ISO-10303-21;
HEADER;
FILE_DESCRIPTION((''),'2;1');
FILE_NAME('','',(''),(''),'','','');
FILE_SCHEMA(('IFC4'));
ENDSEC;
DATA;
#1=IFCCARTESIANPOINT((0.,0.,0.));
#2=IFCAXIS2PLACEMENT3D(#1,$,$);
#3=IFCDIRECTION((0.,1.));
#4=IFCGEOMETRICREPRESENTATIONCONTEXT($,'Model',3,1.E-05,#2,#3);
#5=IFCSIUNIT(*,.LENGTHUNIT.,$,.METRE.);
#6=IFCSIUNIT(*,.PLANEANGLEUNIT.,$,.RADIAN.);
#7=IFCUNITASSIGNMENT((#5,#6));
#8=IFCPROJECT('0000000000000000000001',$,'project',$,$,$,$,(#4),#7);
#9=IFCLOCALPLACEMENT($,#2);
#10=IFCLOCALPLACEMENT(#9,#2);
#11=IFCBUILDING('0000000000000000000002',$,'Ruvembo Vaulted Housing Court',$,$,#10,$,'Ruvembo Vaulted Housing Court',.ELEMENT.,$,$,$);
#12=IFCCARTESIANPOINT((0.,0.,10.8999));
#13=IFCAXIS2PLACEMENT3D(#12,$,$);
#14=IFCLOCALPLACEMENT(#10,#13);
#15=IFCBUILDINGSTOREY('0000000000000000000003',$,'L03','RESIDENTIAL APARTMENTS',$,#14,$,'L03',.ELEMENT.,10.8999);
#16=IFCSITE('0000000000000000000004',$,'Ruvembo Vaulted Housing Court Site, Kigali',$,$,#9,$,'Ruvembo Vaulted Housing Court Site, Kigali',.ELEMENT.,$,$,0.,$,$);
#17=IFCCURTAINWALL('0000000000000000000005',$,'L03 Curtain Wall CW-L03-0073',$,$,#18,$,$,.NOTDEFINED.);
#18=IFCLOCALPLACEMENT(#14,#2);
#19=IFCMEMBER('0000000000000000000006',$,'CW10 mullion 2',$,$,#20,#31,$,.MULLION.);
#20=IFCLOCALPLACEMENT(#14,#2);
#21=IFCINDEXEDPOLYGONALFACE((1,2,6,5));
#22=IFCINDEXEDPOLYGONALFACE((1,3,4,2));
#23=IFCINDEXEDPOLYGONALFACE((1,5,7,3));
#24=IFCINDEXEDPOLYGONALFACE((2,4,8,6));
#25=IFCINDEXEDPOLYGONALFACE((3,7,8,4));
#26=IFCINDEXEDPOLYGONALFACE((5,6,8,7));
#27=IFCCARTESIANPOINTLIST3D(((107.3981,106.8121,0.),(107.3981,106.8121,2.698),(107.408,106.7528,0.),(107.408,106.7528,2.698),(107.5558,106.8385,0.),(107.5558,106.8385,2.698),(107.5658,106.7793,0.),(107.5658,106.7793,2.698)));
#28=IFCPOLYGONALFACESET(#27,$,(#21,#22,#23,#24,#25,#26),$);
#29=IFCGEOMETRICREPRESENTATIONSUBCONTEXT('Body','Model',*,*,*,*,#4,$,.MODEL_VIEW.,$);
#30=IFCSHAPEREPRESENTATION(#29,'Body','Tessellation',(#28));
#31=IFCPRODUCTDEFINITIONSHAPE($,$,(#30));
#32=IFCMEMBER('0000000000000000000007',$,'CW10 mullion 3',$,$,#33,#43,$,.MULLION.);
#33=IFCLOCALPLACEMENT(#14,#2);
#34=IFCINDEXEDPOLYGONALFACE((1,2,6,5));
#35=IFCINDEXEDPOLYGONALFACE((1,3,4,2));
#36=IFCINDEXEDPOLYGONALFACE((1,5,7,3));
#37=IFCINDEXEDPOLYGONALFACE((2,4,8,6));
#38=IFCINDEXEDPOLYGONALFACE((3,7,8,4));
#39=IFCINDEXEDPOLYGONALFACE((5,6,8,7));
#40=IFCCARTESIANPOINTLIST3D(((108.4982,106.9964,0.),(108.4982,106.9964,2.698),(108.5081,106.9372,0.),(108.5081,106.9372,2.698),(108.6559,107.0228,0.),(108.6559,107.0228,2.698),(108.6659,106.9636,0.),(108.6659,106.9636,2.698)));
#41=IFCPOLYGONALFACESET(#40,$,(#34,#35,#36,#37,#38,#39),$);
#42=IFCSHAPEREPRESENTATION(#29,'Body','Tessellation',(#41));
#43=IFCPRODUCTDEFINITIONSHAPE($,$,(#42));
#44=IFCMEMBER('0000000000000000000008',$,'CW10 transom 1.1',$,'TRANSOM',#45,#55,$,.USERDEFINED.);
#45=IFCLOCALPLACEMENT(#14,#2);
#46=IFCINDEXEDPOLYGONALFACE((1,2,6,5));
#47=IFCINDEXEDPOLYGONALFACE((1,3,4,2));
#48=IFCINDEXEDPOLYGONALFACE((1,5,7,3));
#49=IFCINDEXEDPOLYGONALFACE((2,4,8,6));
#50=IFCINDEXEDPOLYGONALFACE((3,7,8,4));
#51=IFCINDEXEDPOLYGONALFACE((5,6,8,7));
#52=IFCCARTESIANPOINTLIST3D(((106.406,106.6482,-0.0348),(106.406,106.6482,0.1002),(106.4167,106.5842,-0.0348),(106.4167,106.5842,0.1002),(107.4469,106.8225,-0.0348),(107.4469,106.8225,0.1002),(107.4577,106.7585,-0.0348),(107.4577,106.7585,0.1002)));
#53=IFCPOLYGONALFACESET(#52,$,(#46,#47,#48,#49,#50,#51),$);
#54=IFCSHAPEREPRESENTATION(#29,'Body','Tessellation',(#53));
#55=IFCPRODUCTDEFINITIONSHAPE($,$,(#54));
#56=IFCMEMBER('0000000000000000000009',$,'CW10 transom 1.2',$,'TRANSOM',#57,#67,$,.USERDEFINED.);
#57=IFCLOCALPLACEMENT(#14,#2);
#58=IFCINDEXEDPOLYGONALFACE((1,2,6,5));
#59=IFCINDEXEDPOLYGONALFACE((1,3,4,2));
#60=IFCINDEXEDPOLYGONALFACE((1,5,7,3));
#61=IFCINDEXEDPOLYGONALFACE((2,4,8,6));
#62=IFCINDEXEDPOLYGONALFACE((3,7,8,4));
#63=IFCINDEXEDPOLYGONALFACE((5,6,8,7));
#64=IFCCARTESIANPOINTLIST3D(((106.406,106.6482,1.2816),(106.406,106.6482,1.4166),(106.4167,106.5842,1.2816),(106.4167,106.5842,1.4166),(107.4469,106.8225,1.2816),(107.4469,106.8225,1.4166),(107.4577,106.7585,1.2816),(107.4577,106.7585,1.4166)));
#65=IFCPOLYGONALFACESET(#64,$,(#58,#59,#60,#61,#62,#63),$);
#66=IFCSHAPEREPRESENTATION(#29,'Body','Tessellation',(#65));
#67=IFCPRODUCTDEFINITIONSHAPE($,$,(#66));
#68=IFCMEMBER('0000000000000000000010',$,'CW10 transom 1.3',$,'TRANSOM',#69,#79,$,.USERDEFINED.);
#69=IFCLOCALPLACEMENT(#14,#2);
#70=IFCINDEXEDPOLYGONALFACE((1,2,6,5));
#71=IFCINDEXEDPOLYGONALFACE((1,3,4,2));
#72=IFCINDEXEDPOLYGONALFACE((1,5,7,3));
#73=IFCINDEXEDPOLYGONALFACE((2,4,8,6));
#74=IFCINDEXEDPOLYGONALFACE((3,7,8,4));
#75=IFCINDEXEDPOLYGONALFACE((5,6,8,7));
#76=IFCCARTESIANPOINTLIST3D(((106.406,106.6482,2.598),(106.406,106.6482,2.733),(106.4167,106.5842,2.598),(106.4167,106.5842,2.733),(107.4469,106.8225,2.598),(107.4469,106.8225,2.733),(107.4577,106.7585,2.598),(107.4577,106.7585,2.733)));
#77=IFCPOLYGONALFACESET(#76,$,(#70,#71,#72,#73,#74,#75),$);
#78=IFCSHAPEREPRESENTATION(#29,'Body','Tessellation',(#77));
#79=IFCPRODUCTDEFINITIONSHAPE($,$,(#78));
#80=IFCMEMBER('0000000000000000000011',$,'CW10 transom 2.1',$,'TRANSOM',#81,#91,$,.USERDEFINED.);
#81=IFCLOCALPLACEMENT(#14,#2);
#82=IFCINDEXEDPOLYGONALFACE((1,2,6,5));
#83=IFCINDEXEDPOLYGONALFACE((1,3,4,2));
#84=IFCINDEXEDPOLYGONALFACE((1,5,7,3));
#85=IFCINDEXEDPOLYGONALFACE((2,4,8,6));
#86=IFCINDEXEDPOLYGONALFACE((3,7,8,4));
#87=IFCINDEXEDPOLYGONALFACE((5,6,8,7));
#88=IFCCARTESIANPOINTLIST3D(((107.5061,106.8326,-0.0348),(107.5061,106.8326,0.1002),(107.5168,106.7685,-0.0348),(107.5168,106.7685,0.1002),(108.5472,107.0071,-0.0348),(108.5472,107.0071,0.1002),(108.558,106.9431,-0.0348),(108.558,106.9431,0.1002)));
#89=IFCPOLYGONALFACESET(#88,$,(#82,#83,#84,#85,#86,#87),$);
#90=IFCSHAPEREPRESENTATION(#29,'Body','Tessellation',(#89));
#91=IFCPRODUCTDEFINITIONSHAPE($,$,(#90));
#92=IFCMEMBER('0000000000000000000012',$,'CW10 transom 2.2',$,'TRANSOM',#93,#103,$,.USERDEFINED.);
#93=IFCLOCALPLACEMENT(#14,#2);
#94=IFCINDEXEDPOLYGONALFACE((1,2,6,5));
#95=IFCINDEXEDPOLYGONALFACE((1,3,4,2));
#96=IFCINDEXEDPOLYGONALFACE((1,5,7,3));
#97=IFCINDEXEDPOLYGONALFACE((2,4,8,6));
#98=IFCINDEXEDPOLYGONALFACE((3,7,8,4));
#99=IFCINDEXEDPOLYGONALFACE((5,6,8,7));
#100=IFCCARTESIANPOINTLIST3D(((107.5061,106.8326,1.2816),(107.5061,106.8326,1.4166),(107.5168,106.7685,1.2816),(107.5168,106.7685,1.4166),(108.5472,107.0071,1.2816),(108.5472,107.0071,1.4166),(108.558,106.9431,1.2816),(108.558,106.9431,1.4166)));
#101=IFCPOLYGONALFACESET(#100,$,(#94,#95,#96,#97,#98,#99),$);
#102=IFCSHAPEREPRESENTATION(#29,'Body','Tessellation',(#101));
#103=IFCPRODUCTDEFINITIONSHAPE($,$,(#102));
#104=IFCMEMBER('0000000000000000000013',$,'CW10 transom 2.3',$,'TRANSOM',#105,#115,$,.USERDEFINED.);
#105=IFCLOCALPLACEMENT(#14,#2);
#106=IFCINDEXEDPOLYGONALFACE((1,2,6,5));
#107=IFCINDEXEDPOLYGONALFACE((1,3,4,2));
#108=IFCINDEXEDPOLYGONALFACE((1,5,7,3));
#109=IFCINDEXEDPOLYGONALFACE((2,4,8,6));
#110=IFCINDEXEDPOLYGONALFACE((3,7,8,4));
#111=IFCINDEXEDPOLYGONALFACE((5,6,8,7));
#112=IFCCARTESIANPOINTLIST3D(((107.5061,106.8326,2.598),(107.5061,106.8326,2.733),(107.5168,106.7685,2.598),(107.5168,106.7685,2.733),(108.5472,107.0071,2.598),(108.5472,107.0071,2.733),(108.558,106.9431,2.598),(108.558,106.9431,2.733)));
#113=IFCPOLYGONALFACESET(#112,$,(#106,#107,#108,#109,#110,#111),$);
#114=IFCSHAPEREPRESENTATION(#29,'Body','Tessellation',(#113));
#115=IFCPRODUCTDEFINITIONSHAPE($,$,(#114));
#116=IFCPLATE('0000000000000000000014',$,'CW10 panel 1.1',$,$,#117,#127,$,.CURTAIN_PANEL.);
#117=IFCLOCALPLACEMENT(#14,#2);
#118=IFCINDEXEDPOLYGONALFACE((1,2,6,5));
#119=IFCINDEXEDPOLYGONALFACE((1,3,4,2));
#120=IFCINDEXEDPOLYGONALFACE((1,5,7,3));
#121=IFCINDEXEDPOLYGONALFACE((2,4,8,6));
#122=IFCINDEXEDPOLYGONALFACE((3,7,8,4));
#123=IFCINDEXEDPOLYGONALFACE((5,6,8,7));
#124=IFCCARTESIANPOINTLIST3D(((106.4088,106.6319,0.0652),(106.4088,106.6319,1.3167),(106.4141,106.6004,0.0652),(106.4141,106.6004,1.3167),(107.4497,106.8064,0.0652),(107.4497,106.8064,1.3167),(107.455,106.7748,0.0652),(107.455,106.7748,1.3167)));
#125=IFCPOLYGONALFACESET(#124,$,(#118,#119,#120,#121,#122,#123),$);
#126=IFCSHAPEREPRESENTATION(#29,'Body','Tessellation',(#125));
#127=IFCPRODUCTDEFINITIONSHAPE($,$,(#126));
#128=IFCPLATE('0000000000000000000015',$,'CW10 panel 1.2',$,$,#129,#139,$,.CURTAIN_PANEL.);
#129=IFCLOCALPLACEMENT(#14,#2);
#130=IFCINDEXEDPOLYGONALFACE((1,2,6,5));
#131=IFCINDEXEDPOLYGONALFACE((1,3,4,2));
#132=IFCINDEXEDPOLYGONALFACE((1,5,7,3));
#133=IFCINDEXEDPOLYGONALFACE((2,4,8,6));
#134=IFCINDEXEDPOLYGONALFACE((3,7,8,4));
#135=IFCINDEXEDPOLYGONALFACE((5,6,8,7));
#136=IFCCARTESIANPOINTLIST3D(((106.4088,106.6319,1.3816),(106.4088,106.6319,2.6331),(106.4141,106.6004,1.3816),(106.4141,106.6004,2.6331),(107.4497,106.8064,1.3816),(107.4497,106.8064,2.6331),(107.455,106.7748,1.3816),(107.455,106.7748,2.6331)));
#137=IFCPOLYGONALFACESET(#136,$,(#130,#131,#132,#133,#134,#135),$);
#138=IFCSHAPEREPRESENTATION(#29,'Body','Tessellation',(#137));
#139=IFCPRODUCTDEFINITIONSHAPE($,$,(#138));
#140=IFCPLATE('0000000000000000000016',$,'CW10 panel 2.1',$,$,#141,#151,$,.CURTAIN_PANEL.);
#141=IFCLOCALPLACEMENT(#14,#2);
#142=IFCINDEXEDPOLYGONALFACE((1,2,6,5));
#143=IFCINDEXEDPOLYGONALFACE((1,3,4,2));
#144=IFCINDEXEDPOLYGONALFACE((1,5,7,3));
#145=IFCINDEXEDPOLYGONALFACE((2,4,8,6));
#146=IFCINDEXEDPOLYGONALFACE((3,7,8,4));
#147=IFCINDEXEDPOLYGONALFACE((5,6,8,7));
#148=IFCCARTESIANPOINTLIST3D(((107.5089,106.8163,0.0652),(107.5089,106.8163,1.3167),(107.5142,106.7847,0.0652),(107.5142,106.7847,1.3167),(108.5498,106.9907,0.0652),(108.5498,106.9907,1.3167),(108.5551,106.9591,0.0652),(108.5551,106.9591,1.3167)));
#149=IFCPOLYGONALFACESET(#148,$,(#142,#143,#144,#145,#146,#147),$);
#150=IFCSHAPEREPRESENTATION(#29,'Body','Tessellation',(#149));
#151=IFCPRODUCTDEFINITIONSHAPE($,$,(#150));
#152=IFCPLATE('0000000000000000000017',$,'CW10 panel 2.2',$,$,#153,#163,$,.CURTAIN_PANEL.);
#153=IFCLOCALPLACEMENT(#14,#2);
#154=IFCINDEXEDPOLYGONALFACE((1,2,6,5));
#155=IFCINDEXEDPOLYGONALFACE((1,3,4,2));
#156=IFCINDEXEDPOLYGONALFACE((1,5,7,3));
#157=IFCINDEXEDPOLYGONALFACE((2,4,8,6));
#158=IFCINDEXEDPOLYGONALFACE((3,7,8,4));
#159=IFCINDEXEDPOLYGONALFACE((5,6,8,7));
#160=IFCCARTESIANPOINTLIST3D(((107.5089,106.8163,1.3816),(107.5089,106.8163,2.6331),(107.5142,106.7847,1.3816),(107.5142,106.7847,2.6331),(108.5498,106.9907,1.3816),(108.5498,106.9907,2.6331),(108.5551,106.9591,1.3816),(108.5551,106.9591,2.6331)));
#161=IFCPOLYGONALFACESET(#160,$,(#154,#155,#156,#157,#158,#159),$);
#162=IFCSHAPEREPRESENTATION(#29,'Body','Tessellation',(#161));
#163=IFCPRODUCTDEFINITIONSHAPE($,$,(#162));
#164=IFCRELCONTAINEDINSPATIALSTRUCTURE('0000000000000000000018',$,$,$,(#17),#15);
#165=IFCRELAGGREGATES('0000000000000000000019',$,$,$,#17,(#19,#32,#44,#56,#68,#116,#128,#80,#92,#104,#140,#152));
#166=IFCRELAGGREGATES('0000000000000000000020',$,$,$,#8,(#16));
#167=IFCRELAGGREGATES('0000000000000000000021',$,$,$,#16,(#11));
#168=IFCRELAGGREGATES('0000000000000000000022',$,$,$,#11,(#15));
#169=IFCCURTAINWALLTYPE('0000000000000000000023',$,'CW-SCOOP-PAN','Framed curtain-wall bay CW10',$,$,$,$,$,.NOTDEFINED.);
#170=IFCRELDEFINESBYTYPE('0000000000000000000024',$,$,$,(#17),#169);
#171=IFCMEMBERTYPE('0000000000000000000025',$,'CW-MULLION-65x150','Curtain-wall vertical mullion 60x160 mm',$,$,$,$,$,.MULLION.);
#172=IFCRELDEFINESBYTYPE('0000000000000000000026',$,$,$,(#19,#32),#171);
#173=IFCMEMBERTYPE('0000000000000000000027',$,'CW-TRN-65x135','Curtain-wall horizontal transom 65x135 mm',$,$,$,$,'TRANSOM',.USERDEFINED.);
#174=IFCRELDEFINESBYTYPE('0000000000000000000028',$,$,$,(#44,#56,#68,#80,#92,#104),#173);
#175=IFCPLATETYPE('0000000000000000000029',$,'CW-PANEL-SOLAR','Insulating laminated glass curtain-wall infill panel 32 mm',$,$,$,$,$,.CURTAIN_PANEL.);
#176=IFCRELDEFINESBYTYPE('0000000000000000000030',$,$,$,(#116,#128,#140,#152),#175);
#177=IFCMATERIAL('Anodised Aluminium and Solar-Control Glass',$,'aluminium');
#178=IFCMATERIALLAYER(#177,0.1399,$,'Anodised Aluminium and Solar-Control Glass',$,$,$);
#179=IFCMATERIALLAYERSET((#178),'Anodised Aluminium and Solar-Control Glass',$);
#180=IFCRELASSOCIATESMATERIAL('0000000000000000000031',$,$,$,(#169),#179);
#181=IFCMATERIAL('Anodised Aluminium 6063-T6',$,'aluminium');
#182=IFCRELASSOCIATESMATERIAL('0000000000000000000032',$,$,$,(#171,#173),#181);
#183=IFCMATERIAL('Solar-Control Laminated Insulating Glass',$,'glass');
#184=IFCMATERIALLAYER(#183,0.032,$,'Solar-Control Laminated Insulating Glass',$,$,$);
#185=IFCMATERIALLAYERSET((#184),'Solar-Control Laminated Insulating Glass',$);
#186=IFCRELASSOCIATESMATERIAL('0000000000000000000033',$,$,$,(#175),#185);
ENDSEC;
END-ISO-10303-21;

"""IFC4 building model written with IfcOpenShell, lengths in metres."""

from ifc_helpers import new_model, si_unit, direction, frame, origin, origin_2d, place, context, subcontext, project, spatial, rectangle, extrude, material, layer, layer_set, material_profile, profile_set, type_object, element, aggregate, save


model = new_model("IFC4")

# Units and contexts
model_context = context("Model", 3, precision=1e-05, world=origin(), true_north=direction((0.0, 1.0)))
body_context = subcontext(model_context, "Body", "Model", "MODEL_VIEW")
ifc_project = project(units=[si_unit("LENGTHUNIT", "METRE"), si_unit("PLANEANGLEUNIT", "RADIAN")], contexts=[model_context])

# Site, building, storey
site_placement = place(None, origin())
site = spatial("IfcSite", under=ifc_project, at=site_placement, Name="Ruvembo Vaulted Housing Court Site, Kigali", LongName="Ruvembo Vaulted Housing Court Site, Kigali", CompositionType="ELEMENT", RefElevation=0.0)
building_placement = place(site_placement, origin())
building = spatial("IfcBuilding", under=site, at=building_placement, Name="Ruvembo Vaulted Housing Court", LongName="Ruvembo Vaulted Housing Court", CompositionType="ELEMENT")
storey_placement = place(building_placement, frame((0.0, 0.0, 10.8999)))
storey = spatial("IfcBuildingStorey", under=building, at=storey_placement, Name="L03", Description="RESIDENTIAL APARTMENTS", LongName="L03", CompositionType="ELEMENT", Elevation=10.8999)

# Curtain wall, members, plates
ifc_material_1 = material(Name="Anodised Aluminium and Solar-Control Glass", Category="aluminium")
ifc_layer_1 = layer(ifc_material_1, 0.1399, Name="Anodised Aluminium and Solar-Control Glass")
ifc_layer_set_1 = layer_set([ifc_layer_1], Name="Anodised Aluminium and Solar-Control Glass")
curtain_wall_type = type_object("IfcCurtainWallType", Name="CW-SCOOP-PAN", Description="Framed curtain-wall bay CW10", PredefinedType="NOTDEFINED", material=ifc_layer_set_1)
curtain_wall_placement = place(storey_placement, origin())
curtain_wall = element("IfcCurtainWall", 1, at=curtain_wall_placement, inside=storey, type_object=curtain_wall_type, Name="L03 Curtain Wall CW-L03-0073", PredefinedType="NOTDEFINED")
ifc_material_2 = material(Name="Anodised Aluminium 6063-T6", Category="aluminium")
ifc_material_profile_1 = material_profile(ifc_material_2, rectangle(XDim=0.0601, YDim=0.1599, at=origin_2d()), Name="ALU 60x160")
ifc_profile_set_1 = profile_set([ifc_material_profile_1], Name="Anodised Aluminium 6063-T6")
member_type_1 = type_object("IfcMemberType", Name="CW-MULLION-65x150", Description="Curtain-wall vertical mullion 60x160 mm", PredefinedType="MULLION", material=ifc_profile_set_1)
member_1_placement = place(storey_placement, frame((107.4819, 106.7957, 0.0), z_axis=(0.0, 0.0, 1.0), x_axis=(-0.165263, 0.98625, 0.0)))
member_1 = element("IfcMember", 2, at=member_1_placement, type_object=member_type_1, Name="CW10 mullion 2", PredefinedType="MULLION", context=body_context, shape_type="SweptSolid", body=[
    extrude(rectangle(XDim=0.0601, YDim=0.1599, at=origin_2d()), origin(), (0.0, 0.0, 1.0), 2.698),
])
member_2_placement = place(storey_placement, frame((108.582, 106.98, 0.0), z_axis=(0.0, 0.0, 1.0), x_axis=(-0.165263, 0.98625, 0.0)))
member_2 = element("IfcMember", 3, at=member_2_placement, type_object=member_type_1, Name="CW10 mullion 3", PredefinedType="MULLION", context=body_context, shape_type="SweptSolid", body=[
    extrude(rectangle(XDim=0.0601, YDim=0.1599, at=origin_2d()), origin(), (0.0, 0.0, 1.0), 2.698),
])
ifc_material_profile_2 = material_profile(ifc_material_2, rectangle(XDim=0.0649, YDim=0.135, at=origin_2d()), Name="ALU 65x135")
ifc_profile_set_2 = profile_set([ifc_material_profile_2], Name="Anodised Aluminium 6063-T6")
member_type_2 = type_object("IfcMemberType", Name="CW-TRN-65x135", Description="Curtain-wall horizontal transom 65x135 mm", ElementType="TRANSOM", PredefinedType="USERDEFINED", material=ifc_profile_set_2)
member_3_placement = place(storey_placement, frame((106.4114, 106.6162, 0.0327), z_axis=(0.986269, 0.165149, 0.0), x_axis=(-0.165149, 0.986269, 0.0)))
member_3 = element("IfcMember", 4, at=member_3_placement, type_object=member_type_2, Name="CW10 transom 1.1", ObjectType="TRANSOM", PredefinedType="USERDEFINED", context=body_context, shape_type="SweptSolid", body=[
    extrude(rectangle(XDim=0.0649, YDim=0.135, at=origin_2d()), origin(), (0.0, 0.0, 1.0), 1.0554),
])
member_4_placement = place(storey_placement, frame((106.4114, 106.6162, 1.3491), z_axis=(0.986269, 0.165149, 0.0), x_axis=(-0.165149, 0.986269, 0.0)))
member_4 = element("IfcMember", 5, at=member_4_placement, type_object=member_type_2, Name="CW10 transom 1.2", ObjectType="TRANSOM", PredefinedType="USERDEFINED", context=body_context, shape_type="SweptSolid", body=[
    extrude(rectangle(XDim=0.0649, YDim=0.135, at=origin_2d()), origin(), (0.0, 0.0, 1.0), 1.0554),
])
member_5_placement = place(storey_placement, frame((106.4114, 106.6162, 2.6655), z_axis=(0.986269, 0.165149, 0.0), x_axis=(-0.165149, 0.986269, 0.0)))
member_5 = element("IfcMember", 6, at=member_5_placement, type_object=member_type_2, Name="CW10 transom 1.3", ObjectType="TRANSOM", PredefinedType="USERDEFINED", context=body_context, shape_type="SweptSolid", body=[
    extrude(rectangle(XDim=0.0649, YDim=0.135, at=origin_2d()), origin(), (0.0, 0.0, 1.0), 1.0554),
])
member_6_placement = place(storey_placement, frame((107.5115, 106.8005, 0.0327), z_axis=(0.986231, 0.165374, 0.0), x_axis=(-0.165374, 0.986231, 0.0)))
member_6 = element("IfcMember", 7, at=member_6_placement, type_object=member_type_2, Name="CW10 transom 2.1", ObjectType="TRANSOM", PredefinedType="USERDEFINED", context=body_context, shape_type="SweptSolid", body=[
    extrude(rectangle(XDim=0.0649, YDim=0.135, at=origin_2d()), origin(), (0.0, 0.0, 1.0), 1.0557),
])
member_7_placement = place(storey_placement, frame((107.5115, 106.8005, 1.3491), z_axis=(0.986231, 0.165374, 0.0), x_axis=(-0.165374, 0.986231, 0.0)))
member_7 = element("IfcMember", 8, at=member_7_placement, type_object=member_type_2, Name="CW10 transom 2.2", ObjectType="TRANSOM", PredefinedType="USERDEFINED", context=body_context, shape_type="SweptSolid", body=[
    extrude(rectangle(XDim=0.0649, YDim=0.135, at=origin_2d()), origin(), (0.0, 0.0, 1.0), 1.0557),
])
member_8_placement = place(storey_placement, frame((107.5115, 106.8005, 2.6655), z_axis=(0.986231, 0.165374, 0.0), x_axis=(-0.165374, 0.986231, 0.0)))
member_8 = element("IfcMember", 9, at=member_8_placement, type_object=member_type_2, Name="CW10 transom 2.3", ObjectType="TRANSOM", PredefinedType="USERDEFINED", context=body_context, shape_type="SweptSolid", body=[
    extrude(rectangle(XDim=0.0649, YDim=0.135, at=origin_2d()), origin(), (0.0, 0.0, 1.0), 1.0557),
])
ifc_material_3 = material(Name="Solar-Control Laminated Insulating Glass", Category="glass")
ifc_layer_2 = layer(ifc_material_3, 0.032, Name="Solar-Control Laminated Insulating Glass")
ifc_layer_set_2 = layer_set([ifc_layer_2], Name="Solar-Control Laminated Insulating Glass")
plate_type = type_object("IfcPlateType", Name="CW-PANEL-SOLAR", Description="Insulating laminated glass curtain-wall infill panel 32 mm", PredefinedType="CURTAIN_PANEL", material=ifc_layer_set_2)
plate_1_placement = place(storey_placement, frame((106.9319, 106.7034, 0.0652), z_axis=(0.0, 0.0, 1.0), x_axis=(0.98625, 0.165263, 0.0)))
plate_1 = element("IfcPlate", 10, at=plate_1_placement, type_object=plate_type, Name="CW10 panel 1.1", PredefinedType="CURTAIN_PANEL", context=body_context, shape_type="SweptSolid", body=[
    extrude(rectangle(XDim=1.0554, YDim=0.032, at=origin_2d()), origin(), (0.0, 0.0, 1.0), 1.2515),
])
plate_2_placement = place(storey_placement, frame((106.9319, 106.7034, 1.3816), z_axis=(0.0, 0.0, 1.0), x_axis=(0.98625, 0.165263, 0.0)))
plate_2 = element("IfcPlate", 11, at=plate_2_placement, type_object=plate_type, Name="CW10 panel 1.2", PredefinedType="CURTAIN_PANEL", context=body_context, shape_type="SweptSolid", body=[
    extrude(rectangle(XDim=1.0554, YDim=0.032, at=origin_2d()), origin(), (0.0, 0.0, 1.0), 1.2515),
])
plate_3_placement = place(storey_placement, frame((108.032, 106.8877, 0.0652), z_axis=(0.0, 0.0, 1.0), x_axis=(0.98625, 0.165263, 0.0)))
plate_3 = element("IfcPlate", 12, at=plate_3_placement, type_object=plate_type, Name="CW10 panel 2.1", PredefinedType="CURTAIN_PANEL", context=body_context, shape_type="SweptSolid", body=[
    extrude(rectangle(XDim=1.0554, YDim=0.032, at=origin_2d()), origin(), (0.0, 0.0, 1.0), 1.2515),
])
plate_4_placement = place(storey_placement, frame((108.032, 106.8877, 1.3816), z_axis=(0.0, 0.0, 1.0), x_axis=(0.98625, 0.165263, 0.0)))
plate_4 = element("IfcPlate", 13, at=plate_4_placement, type_object=plate_type, Name="CW10 panel 2.2", PredefinedType="CURTAIN_PANEL", context=body_context, shape_type="SweptSolid", body=[
    extrude(rectangle(XDim=1.0554, YDim=0.032, at=origin_2d()), origin(), (0.0, 0.0, 1.0), 1.2515),
])
aggregate(curtain_wall, [member_1, member_2, member_3, member_4, member_5, plate_1, plate_2, member_6, member_7, member_8, plate_3, plate_4])

save(model, "model.ifc")
